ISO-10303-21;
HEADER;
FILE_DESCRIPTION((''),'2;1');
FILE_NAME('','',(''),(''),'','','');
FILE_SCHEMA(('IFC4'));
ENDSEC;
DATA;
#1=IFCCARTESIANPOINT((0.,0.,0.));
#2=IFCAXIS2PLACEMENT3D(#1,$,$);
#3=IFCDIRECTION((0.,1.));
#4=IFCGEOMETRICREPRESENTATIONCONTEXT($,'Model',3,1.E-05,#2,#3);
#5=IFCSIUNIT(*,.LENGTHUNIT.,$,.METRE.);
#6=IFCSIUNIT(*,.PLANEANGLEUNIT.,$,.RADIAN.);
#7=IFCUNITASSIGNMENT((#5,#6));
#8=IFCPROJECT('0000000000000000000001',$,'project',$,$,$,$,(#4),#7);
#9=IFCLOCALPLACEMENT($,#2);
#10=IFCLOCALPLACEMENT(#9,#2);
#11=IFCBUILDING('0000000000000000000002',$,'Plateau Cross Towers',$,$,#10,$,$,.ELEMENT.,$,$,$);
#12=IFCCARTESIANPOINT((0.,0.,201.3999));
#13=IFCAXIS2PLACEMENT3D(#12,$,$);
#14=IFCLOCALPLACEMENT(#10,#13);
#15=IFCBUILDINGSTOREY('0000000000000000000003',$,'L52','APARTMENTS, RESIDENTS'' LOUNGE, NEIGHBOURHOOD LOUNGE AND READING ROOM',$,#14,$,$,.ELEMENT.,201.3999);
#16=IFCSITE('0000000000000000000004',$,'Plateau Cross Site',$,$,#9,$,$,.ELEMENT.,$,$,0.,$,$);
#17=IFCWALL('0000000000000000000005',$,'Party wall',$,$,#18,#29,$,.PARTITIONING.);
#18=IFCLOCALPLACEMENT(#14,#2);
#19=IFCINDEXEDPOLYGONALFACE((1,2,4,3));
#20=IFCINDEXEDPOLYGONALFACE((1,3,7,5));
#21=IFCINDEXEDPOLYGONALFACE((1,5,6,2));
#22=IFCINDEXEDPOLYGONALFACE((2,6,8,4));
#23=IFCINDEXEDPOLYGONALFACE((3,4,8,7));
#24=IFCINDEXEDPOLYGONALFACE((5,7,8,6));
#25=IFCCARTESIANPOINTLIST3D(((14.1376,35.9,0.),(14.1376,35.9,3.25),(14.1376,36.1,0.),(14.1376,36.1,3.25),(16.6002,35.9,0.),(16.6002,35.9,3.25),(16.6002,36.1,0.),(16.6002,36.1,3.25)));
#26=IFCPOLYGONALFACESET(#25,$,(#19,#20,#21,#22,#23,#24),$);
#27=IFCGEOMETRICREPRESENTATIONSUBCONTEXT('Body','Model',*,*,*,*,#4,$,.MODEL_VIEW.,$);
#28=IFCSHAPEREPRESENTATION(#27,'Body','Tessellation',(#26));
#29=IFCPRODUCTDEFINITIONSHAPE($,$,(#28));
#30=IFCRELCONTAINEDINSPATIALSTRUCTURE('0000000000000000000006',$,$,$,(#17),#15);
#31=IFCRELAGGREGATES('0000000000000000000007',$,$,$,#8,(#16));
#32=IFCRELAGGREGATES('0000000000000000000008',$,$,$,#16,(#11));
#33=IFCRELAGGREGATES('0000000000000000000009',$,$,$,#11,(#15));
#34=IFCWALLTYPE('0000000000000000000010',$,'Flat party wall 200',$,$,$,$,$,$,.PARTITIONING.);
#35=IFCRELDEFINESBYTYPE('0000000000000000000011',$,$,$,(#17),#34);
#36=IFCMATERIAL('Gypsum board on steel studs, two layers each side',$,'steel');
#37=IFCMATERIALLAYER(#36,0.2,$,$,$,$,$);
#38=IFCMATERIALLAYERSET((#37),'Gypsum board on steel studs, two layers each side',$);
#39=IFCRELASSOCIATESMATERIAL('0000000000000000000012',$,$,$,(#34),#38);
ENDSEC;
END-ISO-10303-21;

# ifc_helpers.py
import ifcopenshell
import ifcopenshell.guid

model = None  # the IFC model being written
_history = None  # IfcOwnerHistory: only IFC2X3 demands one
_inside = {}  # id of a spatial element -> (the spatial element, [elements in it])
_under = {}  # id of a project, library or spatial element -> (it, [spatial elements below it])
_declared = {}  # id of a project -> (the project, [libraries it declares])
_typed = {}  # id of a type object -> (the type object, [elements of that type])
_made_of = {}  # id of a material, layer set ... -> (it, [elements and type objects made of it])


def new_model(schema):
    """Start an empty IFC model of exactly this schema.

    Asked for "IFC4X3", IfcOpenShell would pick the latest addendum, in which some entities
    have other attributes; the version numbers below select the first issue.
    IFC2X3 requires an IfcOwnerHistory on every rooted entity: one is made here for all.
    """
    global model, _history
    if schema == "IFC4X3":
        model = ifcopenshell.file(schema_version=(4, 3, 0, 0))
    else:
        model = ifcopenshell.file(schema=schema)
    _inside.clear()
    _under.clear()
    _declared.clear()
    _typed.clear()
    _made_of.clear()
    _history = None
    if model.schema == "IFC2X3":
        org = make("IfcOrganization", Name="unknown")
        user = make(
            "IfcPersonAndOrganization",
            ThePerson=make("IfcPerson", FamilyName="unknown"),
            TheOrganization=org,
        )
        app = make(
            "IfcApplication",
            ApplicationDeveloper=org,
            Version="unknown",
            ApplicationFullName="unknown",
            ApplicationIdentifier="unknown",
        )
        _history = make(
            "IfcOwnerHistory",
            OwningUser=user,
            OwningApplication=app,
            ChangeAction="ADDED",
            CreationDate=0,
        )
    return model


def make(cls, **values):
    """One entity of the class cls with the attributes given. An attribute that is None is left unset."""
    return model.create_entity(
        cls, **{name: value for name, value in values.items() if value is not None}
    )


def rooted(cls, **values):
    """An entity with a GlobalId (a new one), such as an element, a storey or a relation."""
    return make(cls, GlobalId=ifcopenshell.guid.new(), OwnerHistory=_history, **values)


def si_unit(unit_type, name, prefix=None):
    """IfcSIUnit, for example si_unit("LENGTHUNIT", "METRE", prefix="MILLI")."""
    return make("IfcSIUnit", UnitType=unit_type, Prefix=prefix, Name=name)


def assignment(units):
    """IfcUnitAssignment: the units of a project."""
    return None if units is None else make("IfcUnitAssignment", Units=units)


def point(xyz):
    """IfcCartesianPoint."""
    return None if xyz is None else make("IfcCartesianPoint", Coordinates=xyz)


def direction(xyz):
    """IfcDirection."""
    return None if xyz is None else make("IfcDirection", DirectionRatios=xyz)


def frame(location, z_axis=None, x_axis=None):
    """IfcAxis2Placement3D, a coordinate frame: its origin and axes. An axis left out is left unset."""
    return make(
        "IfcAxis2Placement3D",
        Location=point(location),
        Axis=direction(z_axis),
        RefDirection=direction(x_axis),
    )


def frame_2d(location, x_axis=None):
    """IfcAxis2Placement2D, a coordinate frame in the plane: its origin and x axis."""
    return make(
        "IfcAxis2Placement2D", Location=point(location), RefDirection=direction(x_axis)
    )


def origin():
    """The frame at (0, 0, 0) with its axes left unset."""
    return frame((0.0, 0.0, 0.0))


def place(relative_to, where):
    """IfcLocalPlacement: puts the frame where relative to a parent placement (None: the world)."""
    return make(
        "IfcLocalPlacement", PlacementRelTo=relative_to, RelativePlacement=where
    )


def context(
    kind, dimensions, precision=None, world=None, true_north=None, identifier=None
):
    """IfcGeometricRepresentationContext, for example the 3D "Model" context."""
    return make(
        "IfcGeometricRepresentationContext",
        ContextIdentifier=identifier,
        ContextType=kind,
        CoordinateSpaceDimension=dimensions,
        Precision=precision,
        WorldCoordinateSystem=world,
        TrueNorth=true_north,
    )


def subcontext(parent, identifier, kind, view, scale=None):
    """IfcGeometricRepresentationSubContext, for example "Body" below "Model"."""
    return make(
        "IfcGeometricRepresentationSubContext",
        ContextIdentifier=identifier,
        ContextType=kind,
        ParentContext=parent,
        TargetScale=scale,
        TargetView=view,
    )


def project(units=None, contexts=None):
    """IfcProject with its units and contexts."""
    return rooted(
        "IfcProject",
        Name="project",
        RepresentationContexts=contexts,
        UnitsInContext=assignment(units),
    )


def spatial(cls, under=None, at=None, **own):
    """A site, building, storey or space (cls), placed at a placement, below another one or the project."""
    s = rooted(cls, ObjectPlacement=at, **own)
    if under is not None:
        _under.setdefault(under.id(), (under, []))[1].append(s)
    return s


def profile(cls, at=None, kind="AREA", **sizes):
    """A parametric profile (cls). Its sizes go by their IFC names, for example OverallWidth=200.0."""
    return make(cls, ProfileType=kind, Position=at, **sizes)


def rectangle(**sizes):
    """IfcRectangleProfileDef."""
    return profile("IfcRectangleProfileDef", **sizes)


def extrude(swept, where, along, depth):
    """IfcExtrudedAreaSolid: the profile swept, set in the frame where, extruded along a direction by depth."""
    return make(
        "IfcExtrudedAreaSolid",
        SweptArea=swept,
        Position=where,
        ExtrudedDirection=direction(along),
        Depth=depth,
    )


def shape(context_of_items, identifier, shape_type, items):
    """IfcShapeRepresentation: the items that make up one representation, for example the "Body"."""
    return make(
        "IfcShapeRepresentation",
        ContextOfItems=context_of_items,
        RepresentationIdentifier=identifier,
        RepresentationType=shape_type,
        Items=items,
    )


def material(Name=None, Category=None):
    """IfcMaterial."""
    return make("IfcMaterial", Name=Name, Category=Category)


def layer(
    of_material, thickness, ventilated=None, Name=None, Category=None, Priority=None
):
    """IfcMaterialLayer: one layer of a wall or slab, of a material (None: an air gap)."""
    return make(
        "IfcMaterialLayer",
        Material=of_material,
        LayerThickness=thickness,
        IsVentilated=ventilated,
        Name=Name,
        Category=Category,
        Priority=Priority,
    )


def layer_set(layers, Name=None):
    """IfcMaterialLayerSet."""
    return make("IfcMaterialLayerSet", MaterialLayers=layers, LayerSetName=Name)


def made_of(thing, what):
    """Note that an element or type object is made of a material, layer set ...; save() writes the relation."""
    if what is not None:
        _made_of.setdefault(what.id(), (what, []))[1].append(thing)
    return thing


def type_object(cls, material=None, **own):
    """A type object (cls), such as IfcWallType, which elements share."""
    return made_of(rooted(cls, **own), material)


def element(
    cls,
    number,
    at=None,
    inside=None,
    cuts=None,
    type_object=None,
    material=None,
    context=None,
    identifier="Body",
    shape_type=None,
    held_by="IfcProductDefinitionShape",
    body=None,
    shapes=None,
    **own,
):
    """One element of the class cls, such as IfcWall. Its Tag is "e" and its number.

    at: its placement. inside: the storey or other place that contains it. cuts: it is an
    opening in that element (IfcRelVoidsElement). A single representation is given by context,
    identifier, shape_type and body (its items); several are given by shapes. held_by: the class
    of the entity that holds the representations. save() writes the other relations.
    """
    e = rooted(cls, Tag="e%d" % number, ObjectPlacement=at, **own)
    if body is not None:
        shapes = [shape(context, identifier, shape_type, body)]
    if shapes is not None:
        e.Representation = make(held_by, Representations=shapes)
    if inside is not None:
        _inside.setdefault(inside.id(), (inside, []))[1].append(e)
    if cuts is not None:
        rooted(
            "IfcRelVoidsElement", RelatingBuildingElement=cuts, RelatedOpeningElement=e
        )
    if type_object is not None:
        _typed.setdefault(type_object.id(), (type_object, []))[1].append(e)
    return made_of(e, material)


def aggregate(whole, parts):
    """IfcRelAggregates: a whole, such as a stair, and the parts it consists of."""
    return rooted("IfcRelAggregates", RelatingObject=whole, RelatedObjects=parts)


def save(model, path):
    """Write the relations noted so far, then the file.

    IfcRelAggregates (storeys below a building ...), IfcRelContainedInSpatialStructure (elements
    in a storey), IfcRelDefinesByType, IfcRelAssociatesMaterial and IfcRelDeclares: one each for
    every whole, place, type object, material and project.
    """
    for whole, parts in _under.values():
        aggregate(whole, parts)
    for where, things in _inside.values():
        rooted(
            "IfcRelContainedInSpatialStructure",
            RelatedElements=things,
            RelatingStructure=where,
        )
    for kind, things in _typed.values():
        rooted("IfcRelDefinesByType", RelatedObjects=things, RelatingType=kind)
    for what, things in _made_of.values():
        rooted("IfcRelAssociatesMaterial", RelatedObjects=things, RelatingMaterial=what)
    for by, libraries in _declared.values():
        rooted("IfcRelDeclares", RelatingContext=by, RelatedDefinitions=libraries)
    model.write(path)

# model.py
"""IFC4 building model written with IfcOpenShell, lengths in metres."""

from ifc_helpers import new_model, si_unit, direction, frame, frame_2d, origin, place, context, subcontext, project, spatial, rectangle, extrude, material, layer, layer_set, type_object, element, save


model = new_model("IFC4")

# Units and contexts
model_context = context("Model", 3, precision=1e-05, world=origin(), true_north=direction((0.0, 1.0)))
body_context = subcontext(model_context, "Body", "Model", "MODEL_VIEW")
ifc_project = project(units=[si_unit("LENGTHUNIT", "METRE"), si_unit("PLANEANGLEUNIT", "RADIAN")], contexts=[model_context])

# Site, building, storey
site_placement = place(None, origin())
site = spatial("IfcSite", under=ifc_project, at=site_placement, Name="Plateau Cross Site", CompositionType="ELEMENT", RefElevation=0.0)
building_placement = place(site_placement, origin())
building = spatial("IfcBuilding", under=site, at=building_placement, Name="Plateau Cross Towers", CompositionType="ELEMENT")
storey_placement = place(building_placement, frame((0.0, 0.0, 201.3999)))
storey = spatial("IfcBuildingStorey", under=building, at=storey_placement, Name="L52", Description="APARTMENTS, RESIDENTS' LOUNGE, NEIGHBOURHOOD LOUNGE AND READING ROOM", CompositionType="ELEMENT", Elevation=201.3999)

# Wall
ifc_material_1 = material(Name="Gypsum board on steel studs, two layers each side", Category="steel")
ifc_layer_1 = layer(ifc_material_1, 0.2)
ifc_layer_set_1 = layer_set([ifc_layer_1], Name="Gypsum board on steel studs, two layers each side")
wall_type_1 = type_object("IfcWallType", Name="Flat party wall 200", PredefinedType="PARTITIONING", material=ifc_layer_set_1)
for number, where, z_axis, x_axis, name in (
    (1, (14.1375, 36.0, 0.0), (0.0, 0.0, 1.0), (1.0, 0.0, 0.0), "Party wall"),
):
    element("IfcWall", number, at=place(storey_placement, frame(where, z_axis=z_axis, x_axis=x_axis)), inside=storey, type_object=wall_type_1, Name=name, PredefinedType="PARTITIONING", context=body_context, shape_type="SweptSolid", body=[
        extrude(rectangle(XDim=2.4626, YDim=0.2, at=frame_2d((1.2314, 0.0))), origin(), (0.0, 0.0, 1.0), 3.25),
    ])

save(model, "model.ifc")
